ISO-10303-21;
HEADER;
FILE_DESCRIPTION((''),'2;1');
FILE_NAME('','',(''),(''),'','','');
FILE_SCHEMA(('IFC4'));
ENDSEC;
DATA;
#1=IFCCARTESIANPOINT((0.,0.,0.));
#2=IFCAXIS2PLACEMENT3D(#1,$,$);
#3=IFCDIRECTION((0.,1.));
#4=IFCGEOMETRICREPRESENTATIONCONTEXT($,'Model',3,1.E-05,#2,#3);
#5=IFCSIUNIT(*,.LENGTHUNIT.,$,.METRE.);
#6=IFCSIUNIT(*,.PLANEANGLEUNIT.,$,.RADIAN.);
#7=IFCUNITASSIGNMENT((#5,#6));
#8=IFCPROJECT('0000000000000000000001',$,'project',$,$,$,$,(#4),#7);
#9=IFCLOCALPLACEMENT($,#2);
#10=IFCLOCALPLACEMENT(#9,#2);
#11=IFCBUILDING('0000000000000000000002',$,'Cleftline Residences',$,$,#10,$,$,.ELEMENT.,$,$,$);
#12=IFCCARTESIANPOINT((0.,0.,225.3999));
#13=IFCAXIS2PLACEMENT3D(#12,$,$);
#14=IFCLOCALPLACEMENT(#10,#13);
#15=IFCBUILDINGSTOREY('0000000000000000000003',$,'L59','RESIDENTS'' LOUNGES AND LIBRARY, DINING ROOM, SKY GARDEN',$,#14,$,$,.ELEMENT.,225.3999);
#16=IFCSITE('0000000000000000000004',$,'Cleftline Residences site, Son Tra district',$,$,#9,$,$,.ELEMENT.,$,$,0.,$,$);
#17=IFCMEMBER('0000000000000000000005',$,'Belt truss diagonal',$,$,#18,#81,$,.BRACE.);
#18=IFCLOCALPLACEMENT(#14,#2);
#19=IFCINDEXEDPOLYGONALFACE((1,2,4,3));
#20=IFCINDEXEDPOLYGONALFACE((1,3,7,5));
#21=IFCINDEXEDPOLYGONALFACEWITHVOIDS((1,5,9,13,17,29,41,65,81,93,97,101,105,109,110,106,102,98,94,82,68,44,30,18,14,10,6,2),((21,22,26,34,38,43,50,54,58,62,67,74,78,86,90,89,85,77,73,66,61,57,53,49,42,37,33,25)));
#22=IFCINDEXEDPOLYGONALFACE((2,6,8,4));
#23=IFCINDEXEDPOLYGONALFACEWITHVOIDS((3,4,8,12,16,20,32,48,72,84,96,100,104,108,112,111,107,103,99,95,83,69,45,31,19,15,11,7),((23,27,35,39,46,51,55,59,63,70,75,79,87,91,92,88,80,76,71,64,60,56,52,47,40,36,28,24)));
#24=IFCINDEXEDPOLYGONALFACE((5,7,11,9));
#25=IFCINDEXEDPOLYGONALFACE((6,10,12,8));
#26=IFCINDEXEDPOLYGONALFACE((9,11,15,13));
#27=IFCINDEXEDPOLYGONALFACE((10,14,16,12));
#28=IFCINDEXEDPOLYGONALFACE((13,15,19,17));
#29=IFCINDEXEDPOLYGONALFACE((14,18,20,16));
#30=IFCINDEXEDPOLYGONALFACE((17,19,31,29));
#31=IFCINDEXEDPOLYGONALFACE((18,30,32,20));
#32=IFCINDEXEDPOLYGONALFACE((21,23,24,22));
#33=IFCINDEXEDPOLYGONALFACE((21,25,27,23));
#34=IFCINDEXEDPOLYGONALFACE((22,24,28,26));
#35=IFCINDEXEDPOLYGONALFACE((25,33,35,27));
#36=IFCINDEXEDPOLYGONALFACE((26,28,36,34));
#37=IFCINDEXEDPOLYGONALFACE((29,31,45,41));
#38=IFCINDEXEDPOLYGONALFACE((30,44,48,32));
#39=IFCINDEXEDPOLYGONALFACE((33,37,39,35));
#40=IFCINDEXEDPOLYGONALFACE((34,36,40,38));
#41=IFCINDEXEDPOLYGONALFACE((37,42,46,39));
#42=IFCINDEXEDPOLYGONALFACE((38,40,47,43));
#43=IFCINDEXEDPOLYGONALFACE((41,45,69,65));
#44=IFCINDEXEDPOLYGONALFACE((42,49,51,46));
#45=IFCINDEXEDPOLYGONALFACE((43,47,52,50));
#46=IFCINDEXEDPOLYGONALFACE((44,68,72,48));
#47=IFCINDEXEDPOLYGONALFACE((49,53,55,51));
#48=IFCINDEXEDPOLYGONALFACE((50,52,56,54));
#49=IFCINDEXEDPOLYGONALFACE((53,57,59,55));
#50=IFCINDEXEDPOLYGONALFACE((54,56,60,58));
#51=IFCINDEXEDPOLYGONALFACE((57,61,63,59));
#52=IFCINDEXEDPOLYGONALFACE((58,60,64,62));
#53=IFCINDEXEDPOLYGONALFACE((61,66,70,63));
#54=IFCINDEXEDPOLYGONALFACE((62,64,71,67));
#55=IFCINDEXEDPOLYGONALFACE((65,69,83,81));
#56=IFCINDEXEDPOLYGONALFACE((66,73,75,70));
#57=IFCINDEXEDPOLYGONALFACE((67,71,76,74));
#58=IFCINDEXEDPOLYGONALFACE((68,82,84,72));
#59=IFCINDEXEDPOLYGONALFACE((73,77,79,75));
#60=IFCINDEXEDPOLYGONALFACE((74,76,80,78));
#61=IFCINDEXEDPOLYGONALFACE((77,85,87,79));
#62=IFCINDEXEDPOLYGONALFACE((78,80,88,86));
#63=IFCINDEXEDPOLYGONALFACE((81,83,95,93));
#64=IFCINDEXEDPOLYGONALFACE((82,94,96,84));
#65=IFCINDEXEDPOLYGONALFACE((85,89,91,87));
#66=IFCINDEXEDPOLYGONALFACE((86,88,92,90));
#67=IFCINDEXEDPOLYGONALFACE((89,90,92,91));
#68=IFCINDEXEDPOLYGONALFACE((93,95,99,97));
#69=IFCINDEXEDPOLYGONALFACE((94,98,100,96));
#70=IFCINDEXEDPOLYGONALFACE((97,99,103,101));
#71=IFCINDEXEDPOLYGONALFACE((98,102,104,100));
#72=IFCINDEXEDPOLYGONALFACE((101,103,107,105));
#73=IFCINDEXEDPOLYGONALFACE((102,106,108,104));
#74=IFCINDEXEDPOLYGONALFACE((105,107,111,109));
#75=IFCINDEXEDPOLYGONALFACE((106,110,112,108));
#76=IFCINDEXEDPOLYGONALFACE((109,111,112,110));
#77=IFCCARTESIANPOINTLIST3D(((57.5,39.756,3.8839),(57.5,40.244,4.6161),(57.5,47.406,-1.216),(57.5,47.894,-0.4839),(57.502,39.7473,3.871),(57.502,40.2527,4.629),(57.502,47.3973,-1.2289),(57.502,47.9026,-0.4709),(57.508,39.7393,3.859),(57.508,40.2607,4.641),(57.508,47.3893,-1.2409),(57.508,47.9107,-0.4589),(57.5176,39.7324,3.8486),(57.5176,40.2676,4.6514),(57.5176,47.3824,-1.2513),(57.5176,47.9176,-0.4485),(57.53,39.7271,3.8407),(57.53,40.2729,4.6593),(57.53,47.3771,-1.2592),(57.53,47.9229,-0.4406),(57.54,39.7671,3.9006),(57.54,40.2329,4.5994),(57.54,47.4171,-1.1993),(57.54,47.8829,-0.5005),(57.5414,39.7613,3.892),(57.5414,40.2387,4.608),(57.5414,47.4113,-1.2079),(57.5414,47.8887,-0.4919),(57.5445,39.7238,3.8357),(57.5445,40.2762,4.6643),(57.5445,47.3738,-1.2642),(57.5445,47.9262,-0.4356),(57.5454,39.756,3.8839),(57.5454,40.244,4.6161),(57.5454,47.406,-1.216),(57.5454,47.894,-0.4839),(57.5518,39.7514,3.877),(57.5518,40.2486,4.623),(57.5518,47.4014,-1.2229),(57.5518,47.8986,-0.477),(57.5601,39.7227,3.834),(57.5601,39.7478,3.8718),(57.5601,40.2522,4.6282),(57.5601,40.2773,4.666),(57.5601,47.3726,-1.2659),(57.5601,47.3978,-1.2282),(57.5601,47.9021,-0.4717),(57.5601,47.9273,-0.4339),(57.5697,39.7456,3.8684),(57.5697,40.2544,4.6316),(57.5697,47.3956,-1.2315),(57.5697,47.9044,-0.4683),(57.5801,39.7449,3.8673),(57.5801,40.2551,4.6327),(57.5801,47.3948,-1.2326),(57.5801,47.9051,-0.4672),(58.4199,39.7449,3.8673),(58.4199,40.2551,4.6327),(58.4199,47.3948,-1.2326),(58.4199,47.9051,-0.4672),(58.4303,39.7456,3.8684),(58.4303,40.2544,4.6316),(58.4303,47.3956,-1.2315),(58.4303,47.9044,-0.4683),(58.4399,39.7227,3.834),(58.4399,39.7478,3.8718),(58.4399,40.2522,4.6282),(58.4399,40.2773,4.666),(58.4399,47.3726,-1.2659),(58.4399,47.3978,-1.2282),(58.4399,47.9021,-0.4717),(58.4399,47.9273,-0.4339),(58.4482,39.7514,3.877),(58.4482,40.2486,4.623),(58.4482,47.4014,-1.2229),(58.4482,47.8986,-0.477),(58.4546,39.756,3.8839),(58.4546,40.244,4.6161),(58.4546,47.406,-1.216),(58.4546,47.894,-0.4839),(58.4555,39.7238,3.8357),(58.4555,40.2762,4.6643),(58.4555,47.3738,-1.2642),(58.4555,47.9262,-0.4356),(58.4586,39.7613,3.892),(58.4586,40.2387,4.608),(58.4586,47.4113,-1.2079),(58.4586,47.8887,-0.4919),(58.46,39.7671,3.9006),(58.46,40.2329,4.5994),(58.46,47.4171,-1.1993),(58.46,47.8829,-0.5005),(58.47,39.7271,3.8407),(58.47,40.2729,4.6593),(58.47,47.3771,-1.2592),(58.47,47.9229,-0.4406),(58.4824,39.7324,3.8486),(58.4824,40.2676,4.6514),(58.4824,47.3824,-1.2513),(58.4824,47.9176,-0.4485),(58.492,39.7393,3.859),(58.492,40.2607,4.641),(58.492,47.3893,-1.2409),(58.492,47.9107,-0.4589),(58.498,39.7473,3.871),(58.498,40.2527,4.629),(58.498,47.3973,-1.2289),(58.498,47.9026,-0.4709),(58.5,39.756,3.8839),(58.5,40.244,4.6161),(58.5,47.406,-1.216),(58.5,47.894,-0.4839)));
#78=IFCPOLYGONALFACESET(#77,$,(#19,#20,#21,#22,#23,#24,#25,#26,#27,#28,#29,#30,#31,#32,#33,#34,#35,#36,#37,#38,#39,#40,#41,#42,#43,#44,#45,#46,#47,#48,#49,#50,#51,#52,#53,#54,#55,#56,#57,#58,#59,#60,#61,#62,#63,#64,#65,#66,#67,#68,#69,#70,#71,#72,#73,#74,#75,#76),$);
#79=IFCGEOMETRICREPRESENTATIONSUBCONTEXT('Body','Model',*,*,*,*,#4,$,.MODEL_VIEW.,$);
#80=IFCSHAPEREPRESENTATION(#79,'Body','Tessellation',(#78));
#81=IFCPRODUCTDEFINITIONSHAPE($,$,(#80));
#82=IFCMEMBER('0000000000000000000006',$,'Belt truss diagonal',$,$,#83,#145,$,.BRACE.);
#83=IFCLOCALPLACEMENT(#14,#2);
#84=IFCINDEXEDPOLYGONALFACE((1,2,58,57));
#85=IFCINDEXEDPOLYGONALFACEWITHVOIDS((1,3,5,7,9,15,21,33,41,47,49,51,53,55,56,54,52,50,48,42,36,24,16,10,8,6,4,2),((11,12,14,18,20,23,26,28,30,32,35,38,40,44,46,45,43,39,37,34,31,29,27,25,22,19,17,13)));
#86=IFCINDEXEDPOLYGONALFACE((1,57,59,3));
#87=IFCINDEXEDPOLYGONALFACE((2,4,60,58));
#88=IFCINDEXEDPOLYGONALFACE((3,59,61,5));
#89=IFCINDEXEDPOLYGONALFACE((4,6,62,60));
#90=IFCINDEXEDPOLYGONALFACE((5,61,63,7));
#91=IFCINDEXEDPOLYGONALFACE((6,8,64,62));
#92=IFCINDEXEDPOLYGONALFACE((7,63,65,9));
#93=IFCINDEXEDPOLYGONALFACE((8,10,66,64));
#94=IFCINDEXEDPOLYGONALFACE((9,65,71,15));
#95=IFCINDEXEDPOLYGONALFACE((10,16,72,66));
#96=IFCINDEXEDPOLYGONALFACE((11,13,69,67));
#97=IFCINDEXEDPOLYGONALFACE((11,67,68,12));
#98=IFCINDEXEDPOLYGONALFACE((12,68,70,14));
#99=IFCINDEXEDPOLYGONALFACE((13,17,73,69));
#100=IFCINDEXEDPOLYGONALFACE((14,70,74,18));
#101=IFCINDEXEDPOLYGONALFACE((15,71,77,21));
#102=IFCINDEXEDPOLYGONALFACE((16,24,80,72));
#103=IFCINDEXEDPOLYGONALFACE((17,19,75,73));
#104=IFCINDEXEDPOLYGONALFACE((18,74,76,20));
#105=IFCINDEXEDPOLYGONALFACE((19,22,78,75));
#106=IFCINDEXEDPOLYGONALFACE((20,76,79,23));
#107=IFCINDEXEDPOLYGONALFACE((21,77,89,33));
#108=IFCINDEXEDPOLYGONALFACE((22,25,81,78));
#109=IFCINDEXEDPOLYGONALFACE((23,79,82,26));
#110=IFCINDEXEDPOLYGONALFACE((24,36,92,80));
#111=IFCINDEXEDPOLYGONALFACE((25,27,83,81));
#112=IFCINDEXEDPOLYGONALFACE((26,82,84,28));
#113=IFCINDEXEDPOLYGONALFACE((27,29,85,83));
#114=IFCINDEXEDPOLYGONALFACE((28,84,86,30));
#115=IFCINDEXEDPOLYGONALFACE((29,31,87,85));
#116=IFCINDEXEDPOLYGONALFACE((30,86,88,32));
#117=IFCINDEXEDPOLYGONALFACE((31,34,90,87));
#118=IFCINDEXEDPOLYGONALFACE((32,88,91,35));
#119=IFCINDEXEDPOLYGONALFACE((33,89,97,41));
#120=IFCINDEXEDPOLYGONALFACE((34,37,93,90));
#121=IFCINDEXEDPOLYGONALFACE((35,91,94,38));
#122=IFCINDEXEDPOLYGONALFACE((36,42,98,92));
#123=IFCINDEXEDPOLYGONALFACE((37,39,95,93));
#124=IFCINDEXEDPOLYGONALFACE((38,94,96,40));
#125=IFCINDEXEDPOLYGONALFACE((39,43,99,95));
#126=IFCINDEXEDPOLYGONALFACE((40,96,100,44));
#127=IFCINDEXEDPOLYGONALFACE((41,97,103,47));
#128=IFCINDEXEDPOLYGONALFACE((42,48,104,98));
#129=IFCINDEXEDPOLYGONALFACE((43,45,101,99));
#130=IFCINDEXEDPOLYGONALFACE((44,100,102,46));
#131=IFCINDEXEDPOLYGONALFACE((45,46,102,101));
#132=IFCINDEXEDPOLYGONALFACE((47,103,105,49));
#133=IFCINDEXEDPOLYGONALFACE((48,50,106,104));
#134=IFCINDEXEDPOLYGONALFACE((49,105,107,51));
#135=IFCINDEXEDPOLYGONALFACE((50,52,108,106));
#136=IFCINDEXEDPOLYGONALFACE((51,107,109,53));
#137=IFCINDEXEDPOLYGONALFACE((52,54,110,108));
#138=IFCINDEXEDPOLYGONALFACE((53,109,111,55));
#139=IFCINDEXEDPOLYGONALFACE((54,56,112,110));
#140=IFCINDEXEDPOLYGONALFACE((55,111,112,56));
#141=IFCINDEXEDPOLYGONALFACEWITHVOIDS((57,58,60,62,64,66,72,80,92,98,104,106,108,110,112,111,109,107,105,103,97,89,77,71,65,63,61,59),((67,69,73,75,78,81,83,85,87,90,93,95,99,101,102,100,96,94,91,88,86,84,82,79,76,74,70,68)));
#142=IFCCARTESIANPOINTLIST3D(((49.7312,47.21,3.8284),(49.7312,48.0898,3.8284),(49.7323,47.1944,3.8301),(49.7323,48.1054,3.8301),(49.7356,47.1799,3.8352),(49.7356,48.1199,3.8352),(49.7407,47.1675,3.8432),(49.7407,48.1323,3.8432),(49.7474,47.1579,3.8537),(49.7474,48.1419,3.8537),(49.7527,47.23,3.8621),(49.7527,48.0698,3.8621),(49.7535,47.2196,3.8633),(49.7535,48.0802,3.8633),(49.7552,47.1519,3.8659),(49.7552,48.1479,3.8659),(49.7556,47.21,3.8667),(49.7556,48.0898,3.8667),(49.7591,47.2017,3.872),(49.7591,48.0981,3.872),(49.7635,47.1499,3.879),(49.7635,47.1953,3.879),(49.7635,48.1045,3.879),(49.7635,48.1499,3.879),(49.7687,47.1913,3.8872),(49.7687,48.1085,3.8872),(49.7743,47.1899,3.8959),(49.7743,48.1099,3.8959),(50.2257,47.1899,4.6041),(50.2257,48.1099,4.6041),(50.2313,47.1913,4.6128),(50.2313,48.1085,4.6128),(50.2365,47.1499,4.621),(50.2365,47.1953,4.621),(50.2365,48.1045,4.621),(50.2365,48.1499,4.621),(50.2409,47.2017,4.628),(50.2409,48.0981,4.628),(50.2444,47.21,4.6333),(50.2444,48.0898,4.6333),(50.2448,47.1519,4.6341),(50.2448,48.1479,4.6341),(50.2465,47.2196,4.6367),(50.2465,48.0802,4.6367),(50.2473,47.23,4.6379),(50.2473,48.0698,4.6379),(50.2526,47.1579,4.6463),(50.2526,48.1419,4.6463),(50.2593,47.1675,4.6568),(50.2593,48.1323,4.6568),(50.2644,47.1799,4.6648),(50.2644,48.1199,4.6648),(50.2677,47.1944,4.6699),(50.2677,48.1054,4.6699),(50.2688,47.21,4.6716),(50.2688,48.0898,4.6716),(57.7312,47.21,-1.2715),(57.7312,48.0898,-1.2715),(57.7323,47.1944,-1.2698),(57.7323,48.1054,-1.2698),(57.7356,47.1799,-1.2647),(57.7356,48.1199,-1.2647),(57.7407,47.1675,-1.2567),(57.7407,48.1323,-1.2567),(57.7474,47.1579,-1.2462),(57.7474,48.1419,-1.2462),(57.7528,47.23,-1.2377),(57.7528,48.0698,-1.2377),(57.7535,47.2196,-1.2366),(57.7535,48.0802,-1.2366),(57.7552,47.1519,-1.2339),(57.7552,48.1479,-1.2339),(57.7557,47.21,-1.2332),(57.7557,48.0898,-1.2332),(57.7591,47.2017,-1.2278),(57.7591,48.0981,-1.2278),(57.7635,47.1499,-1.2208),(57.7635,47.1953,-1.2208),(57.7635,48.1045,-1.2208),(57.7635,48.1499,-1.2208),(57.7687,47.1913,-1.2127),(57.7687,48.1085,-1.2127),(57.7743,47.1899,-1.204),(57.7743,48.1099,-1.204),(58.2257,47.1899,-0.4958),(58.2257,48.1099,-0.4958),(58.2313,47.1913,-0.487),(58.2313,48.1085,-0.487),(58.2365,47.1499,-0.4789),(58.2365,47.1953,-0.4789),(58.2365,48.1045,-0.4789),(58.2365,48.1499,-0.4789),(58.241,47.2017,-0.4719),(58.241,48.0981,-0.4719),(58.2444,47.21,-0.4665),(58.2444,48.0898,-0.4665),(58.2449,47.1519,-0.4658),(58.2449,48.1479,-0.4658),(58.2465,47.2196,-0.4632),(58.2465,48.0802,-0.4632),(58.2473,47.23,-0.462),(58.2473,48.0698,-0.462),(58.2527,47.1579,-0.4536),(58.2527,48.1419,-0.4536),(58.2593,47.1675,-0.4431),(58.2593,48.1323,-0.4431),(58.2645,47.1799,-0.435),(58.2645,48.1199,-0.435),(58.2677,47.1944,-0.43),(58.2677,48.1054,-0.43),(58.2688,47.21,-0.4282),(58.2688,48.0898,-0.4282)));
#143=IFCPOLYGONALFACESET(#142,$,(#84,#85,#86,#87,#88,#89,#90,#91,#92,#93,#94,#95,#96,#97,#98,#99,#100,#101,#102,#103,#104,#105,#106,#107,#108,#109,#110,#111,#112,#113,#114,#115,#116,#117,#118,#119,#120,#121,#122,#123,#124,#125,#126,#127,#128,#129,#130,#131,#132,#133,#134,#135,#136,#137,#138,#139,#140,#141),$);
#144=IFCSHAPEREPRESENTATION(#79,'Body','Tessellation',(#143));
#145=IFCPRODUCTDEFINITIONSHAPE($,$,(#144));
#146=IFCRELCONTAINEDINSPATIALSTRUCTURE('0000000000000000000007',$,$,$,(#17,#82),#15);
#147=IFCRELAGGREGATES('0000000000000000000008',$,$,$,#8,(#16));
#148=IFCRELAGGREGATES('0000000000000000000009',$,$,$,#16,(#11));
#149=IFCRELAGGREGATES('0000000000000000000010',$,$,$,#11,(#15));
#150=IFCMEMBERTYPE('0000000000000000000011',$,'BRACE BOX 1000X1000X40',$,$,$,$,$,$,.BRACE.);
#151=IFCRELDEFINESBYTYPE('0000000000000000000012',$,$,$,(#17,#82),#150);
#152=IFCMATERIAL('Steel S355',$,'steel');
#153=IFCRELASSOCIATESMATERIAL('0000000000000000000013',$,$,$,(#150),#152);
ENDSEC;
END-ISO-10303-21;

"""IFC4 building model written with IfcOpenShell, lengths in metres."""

from ifc_helpers import new_model, si_unit, direction, frame, origin, origin_2d, place, context, subcontext, project, spatial, hollow_rectangle, extrude, material, material_profile, profile_set, type_object, element, save


model = new_model("IFC4")

# Units and contexts
model_context = context("Model", 3, precision=1e-05, world=origin(), true_north=direction((0.0, 1.0)))
body_context = subcontext(model_context, "Body", "Model", "MODEL_VIEW")
ifc_project = project(units=[si_unit("LENGTHUNIT", "METRE"), si_unit("PLANEANGLEUNIT", "RADIAN")], contexts=[model_context])

# Site, building, storey
site_placement = place(None, origin())
site = spatial("IfcSite", under=ifc_project, at=site_placement, Name="Cleftline Residences site, Son Tra district", CompositionType="ELEMENT", RefElevation=0.0)
building_placement = place(site_placement, origin())
building = spatial("IfcBuilding", under=site, at=building_placement, Name="Cleftline Residences", CompositionType="ELEMENT")
storey_placement = place(building_placement, frame((0.0, 0.0, 225.3999)))
storey = spatial("IfcBuildingStorey", under=building, at=storey_placement, Name="L59", Description="RESIDENTS' LOUNGES AND LIBRARY, DINING ROOM, SKY GARDEN", CompositionType="ELEMENT", Elevation=225.3999)

# Members
ifc_material_1 = material(Name="Steel S355", Category="steel")
ifc_material_profile_1 = material_profile(ifc_material_1, hollow_rectangle(XDim=1.0, YDim=1.0, WallThickness=0.04, InnerFilletRadius=0.04, OuterFilletRadius=0.0601, at=origin_2d()))
ifc_profile_set_1 = profile_set([ifc_material_profile_1], Name="Steel S355")
member_type_1 = type_object("IfcMemberType", Name="BRACE BOX 1000X1000X40", PredefinedType="BRACE", material=ifc_profile_set_1)
member_1_placement = place(storey_placement, frame((58.0, 40.0, 4.25), z_axis=(0.0, 0.832054, -0.554694), x_axis=(0.0, 0.554694, 0.832054)))
element("IfcMember", 1, at=member_1_placement, inside=storey, type_object=member_type_1, Name="Belt truss diagonal", PredefinedType="BRACE", context=body_context, shape_type="SweptSolid", body=[
    extrude(hollow_rectangle(XDim=1.0, YDim=1.0, WallThickness=0.04, InnerFilletRadius=0.04, OuterFilletRadius=0.0601, at=origin_2d()), origin(), (0.0, 0.0, 1.0), 9.1941),
])
member_2_placement = place(storey_placement, frame((50.0, 47.6499, 4.25), z_axis=(0.843234, 0.0, -0.537546), x_axis=(0.537546, 0.0, 0.843234)))
element("IfcMember", 2, at=member_2_placement, inside=storey, type_object=member_type_1, Name="Belt truss diagonal", PredefinedType="BRACE", context=body_context, shape_type="SweptSolid", body=[
    extrude(hollow_rectangle(XDim=1.0, YDim=1.0, WallThickness=0.04, InnerFilletRadius=0.04, OuterFilletRadius=0.0601, at=origin_2d()), origin(), (0.0, 0.0, 1.0), 9.4873),
])

save(model, "model.ifc")
